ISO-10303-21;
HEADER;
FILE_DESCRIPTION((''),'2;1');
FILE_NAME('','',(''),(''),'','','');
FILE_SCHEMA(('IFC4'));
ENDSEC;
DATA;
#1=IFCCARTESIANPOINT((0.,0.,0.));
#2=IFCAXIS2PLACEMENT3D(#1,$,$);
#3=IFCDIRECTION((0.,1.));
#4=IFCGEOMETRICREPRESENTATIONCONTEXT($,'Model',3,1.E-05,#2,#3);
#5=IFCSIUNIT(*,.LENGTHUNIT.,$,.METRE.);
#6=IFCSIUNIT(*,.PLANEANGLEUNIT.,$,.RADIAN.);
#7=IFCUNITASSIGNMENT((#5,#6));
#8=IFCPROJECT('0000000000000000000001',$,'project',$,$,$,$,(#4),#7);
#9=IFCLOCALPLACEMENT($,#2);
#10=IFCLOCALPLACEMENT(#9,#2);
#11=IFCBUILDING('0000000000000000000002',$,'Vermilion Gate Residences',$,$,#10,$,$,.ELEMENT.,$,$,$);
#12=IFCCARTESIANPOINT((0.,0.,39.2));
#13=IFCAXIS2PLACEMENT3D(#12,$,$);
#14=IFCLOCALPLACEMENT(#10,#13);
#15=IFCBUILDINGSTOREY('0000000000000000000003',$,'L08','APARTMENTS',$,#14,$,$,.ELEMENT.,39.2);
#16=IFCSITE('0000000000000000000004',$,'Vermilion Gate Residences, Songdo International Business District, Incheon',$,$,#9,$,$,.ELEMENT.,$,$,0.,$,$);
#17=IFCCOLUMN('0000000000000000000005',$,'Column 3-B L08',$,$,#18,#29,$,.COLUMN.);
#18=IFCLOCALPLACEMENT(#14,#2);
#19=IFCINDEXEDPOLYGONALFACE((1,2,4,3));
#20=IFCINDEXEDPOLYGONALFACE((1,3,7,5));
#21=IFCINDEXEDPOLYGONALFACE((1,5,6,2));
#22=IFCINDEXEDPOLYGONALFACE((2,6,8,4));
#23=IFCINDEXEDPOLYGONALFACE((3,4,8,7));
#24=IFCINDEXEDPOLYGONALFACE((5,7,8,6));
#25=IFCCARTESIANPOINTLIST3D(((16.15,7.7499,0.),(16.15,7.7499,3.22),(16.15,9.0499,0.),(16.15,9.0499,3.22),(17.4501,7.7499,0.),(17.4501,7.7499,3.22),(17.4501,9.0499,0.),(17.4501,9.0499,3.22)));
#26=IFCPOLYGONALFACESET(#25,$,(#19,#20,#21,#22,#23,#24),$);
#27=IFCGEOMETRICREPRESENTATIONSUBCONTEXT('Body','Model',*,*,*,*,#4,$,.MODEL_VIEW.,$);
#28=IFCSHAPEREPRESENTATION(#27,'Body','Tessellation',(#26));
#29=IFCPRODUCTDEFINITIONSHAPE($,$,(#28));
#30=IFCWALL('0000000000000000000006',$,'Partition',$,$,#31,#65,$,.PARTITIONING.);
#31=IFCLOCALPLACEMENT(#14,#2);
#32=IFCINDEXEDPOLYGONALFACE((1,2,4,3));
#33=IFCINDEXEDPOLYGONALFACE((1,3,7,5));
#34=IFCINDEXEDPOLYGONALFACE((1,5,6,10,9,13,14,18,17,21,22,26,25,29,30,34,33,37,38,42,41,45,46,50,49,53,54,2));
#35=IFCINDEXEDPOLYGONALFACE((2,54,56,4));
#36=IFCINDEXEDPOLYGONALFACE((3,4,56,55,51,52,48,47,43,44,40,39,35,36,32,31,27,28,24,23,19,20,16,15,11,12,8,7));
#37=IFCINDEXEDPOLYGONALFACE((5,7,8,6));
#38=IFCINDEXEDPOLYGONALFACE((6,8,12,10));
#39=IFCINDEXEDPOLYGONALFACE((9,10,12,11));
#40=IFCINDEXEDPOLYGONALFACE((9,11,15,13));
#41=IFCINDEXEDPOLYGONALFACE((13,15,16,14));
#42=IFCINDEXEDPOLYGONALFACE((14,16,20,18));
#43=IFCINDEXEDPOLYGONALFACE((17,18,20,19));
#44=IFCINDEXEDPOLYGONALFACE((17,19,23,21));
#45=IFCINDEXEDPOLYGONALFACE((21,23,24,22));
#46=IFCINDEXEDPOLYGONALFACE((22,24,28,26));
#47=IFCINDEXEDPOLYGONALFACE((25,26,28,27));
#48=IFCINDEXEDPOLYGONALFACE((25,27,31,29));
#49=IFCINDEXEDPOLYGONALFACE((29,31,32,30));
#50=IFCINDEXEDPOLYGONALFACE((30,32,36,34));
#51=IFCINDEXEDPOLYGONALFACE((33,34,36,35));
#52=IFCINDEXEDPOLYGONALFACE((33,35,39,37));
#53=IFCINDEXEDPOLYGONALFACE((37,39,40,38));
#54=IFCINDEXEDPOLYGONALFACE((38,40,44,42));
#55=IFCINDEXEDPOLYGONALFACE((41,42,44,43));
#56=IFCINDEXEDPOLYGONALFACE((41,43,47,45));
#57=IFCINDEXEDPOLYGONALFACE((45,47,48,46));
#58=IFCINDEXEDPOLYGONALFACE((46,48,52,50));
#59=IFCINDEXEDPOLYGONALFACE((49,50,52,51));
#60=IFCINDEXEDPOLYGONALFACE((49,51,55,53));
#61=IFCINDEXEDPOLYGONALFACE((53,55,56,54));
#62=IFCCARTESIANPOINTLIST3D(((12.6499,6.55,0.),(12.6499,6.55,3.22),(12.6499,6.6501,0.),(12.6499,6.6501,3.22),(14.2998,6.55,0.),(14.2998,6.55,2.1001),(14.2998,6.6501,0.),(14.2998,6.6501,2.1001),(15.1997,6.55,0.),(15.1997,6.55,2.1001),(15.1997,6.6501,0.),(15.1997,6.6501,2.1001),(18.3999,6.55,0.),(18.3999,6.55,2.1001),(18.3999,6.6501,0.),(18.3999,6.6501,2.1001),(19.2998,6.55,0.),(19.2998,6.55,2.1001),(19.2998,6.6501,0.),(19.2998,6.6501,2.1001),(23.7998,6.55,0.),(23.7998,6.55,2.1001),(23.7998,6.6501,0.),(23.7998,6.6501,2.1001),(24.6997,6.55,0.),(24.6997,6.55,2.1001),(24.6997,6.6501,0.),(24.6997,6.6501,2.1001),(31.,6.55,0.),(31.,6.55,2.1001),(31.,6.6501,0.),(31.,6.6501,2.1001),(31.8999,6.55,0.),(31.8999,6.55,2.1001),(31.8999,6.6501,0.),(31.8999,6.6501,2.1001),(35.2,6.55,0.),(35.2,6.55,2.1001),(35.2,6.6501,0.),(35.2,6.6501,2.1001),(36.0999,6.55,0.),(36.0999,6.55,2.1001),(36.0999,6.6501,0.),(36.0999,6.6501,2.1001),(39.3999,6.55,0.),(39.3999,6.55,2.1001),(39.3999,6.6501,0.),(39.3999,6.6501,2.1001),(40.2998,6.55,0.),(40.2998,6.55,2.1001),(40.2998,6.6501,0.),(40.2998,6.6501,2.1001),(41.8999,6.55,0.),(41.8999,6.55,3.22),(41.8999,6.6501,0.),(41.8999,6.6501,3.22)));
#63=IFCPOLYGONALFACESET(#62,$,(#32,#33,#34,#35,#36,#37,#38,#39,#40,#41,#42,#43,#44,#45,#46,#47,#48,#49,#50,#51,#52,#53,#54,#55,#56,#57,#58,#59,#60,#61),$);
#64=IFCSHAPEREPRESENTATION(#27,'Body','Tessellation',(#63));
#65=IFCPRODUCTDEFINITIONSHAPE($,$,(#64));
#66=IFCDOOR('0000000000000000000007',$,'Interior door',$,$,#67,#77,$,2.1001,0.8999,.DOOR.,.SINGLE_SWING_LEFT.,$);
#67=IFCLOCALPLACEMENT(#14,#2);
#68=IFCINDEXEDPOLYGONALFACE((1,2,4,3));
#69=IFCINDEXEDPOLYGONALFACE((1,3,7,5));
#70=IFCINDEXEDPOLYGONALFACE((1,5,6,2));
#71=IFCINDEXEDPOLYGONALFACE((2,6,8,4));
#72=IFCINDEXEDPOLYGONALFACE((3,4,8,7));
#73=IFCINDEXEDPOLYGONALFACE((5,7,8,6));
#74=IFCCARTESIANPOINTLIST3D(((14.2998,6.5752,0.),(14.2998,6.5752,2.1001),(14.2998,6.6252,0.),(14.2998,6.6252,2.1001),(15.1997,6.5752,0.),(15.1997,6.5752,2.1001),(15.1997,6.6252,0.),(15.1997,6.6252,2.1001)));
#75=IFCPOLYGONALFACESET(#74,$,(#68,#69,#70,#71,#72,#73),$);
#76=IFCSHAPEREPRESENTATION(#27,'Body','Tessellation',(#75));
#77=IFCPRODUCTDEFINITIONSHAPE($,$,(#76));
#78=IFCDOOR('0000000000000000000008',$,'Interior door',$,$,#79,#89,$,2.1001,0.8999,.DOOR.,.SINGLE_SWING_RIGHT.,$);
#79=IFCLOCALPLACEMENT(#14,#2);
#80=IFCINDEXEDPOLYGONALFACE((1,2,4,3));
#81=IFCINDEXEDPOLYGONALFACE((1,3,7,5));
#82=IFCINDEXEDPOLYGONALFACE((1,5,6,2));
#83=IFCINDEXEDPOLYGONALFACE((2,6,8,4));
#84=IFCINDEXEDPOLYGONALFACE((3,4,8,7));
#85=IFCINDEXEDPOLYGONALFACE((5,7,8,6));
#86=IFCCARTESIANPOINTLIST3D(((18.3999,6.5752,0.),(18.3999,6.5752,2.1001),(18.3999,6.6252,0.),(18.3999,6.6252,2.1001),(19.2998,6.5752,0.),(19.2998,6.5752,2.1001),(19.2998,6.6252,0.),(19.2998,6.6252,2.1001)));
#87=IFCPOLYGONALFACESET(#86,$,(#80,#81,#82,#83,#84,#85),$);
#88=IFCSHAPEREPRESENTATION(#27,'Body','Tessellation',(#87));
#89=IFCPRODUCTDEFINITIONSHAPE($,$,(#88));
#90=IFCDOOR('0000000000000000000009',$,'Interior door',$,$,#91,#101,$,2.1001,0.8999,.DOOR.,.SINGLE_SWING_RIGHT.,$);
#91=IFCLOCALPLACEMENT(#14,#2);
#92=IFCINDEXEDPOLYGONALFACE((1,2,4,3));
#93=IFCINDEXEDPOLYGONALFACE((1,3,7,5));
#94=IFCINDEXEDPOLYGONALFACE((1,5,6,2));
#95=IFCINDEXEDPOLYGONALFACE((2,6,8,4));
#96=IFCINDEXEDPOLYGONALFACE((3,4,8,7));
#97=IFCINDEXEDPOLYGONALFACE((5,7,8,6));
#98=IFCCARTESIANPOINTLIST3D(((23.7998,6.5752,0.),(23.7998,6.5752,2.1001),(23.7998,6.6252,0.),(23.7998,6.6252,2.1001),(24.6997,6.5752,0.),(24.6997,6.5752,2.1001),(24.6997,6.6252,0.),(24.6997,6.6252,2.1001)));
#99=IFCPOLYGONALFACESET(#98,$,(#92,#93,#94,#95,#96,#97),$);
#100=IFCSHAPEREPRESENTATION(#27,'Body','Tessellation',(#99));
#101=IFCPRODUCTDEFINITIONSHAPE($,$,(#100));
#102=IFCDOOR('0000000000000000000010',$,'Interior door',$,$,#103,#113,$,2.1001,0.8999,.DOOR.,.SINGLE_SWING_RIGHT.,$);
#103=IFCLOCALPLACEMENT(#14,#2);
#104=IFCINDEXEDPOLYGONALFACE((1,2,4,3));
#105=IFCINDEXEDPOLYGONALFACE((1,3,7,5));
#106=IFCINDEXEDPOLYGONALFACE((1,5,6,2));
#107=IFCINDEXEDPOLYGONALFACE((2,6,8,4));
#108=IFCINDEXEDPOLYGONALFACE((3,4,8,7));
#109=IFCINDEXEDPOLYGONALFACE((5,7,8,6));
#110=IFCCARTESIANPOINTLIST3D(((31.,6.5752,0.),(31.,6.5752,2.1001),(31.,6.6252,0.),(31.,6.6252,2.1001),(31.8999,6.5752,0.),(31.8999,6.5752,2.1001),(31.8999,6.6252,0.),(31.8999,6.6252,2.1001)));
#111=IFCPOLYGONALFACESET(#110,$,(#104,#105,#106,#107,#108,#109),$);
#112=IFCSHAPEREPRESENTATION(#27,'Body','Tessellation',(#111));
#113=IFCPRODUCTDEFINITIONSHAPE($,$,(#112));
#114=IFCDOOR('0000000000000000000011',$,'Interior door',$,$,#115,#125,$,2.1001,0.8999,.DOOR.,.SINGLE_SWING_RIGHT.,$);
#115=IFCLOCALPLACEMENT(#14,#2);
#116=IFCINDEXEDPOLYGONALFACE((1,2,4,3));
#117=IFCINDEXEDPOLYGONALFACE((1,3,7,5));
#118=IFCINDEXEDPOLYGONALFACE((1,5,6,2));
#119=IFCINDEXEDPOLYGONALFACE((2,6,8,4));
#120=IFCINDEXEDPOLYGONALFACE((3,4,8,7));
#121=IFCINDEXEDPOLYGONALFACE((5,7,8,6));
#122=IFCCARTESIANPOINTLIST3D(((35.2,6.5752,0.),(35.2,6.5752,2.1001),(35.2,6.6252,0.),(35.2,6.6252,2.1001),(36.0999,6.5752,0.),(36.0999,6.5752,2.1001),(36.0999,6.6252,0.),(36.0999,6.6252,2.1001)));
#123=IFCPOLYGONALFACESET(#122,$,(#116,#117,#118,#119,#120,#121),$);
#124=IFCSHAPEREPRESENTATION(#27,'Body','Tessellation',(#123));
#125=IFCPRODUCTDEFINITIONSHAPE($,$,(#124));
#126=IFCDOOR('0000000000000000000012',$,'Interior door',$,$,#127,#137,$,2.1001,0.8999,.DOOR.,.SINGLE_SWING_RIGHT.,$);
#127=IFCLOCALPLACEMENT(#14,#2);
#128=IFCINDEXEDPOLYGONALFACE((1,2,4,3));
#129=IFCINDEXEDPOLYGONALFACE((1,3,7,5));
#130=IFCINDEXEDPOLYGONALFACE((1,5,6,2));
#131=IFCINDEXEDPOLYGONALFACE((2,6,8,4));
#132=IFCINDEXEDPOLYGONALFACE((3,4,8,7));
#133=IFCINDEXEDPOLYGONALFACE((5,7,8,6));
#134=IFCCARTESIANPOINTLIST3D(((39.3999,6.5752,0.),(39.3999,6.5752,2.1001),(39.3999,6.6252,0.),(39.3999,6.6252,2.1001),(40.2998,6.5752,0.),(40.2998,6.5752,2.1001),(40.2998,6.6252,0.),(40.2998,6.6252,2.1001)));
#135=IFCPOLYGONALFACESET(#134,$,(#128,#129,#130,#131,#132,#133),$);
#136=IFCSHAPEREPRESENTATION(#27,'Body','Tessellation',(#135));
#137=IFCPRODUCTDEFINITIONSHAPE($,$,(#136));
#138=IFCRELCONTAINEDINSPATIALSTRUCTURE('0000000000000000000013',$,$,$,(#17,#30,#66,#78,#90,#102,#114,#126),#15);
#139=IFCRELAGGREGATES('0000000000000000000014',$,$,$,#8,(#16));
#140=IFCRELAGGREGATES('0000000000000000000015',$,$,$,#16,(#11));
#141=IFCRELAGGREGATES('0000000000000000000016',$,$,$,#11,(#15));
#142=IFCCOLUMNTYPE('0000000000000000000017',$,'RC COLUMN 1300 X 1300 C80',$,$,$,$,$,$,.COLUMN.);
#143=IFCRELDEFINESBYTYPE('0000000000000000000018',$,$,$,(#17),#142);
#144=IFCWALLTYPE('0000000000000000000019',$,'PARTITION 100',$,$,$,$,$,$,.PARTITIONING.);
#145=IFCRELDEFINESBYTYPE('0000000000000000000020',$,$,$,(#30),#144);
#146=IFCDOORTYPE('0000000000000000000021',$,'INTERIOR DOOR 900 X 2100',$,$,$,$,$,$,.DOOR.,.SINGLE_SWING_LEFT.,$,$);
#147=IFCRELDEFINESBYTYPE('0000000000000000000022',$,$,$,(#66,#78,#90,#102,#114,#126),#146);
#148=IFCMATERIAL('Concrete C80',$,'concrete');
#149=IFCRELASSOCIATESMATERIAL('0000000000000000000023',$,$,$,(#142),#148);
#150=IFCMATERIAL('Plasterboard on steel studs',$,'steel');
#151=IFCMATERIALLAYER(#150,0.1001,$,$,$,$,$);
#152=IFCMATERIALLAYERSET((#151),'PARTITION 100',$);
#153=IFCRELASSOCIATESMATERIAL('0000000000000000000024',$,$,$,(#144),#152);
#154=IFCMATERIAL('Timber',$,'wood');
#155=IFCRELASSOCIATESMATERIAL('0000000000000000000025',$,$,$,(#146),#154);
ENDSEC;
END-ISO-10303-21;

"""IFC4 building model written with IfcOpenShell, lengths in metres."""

from ifc_helpers import new_model, si_unit, direction, frame, frame_2d, origin, origin_2d, place, context, subcontext, project, spatial, rectangle, extrude, material, layer, layer_set, material_profile, profile_set, type_object, element, fill, save


model = new_model("IFC4")

# Units and contexts
model_context = context("Model", 3, precision=1e-05, world=origin(), true_north=direction((0.0, 1.0)))
body_context = subcontext(model_context, "Body", "Model", "MODEL_VIEW")
ifc_project = project(units=[si_unit("LENGTHUNIT", "METRE"), si_unit("PLANEANGLEUNIT", "RADIAN")], contexts=[model_context])

# Site, building, storey
site_placement = place(None, origin())
site = spatial("IfcSite", under=ifc_project, at=site_placement, Name="Vermilion Gate Residences, Songdo International Business District, Incheon", CompositionType="ELEMENT", RefElevation=0.0)
building_placement = place(site_placement, origin())
building = spatial("IfcBuilding", under=site, at=building_placement, Name="Vermilion Gate Residences", CompositionType="ELEMENT")
storey_placement = place(building_placement, frame((0.0, 0.0, 39.2)))
storey = spatial("IfcBuildingStorey", under=building, at=storey_placement, Name="L08", Description="APARTMENTS", CompositionType="ELEMENT", Elevation=39.2)

# Column
ifc_material_1 = material(Name="Concrete C80", Category="concrete")
ifc_material_profile = material_profile(ifc_material_1, rectangle(XDim=1.3, YDim=1.3, at=origin_2d()), Name="RC-1300x1300")
ifc_profile_set = profile_set([ifc_material_profile], Name="Concrete C80")
column_type = type_object("IfcColumnType", Name="RC COLUMN 1300 X 1300 C80", PredefinedType="COLUMN", material=ifc_profile_set)
column_placement = place(storey_placement, frame((16.8, 8.3999, 0.0), z_axis=(0.0, 0.0, 1.0), x_axis=(1.0, 0.0, 0.0)))
element("IfcColumn", 1, at=column_placement, inside=storey, type_object=column_type, Name="Column 3-B L08", PredefinedType="COLUMN", context=body_context, shape_type="SweptSolid", body=[
    extrude(rectangle(XDim=1.3, YDim=1.3, at=origin_2d()), origin(), (0.0, 0.0, 1.0), 3.22),
])

# Wall, openings, doors
ifc_material_2 = material(Name="Plasterboard on steel studs", Category="steel")
ifc_layer = layer(ifc_material_2, 0.1001)
ifc_layer_set = layer_set([ifc_layer], Name="PARTITION 100")
wall_type = type_object("IfcWallType", Name="PARTITION 100", PredefinedType="PARTITIONING", material=ifc_layer_set)
wall_1_placement = place(storey_placement, frame((12.6499, 6.6001, 0.0), z_axis=(0.0, 0.0, 1.0), x_axis=(1.0, 0.0, 0.0)))
wall_1 = element("IfcWall", 2, at=wall_1_placement, inside=storey, type_object=wall_type, Name="Partition", PredefinedType="PARTITIONING", context=body_context, shape_type="SweptSolid", body=[
    extrude(rectangle(XDim=29.25, YDim=0.1001, at=frame_2d((14.625, 0.0))), origin(), (0.0, 0.0, 1.0), 3.22),
])
opening_1_placement = place(wall_1_placement, frame((1.6499, 0.0, 0.0)))
opening_1 = element("IfcOpeningElement", 3, at=opening_1_placement, cuts=wall_1, PredefinedType="OPENING", context=body_context, shape_type="SweptSolid", body=[
    extrude(rectangle(XDim=0.8999, YDim=2.1001, at=frame_2d((0.45, 1.05))), frame((0.0, 0.0601, 0.0), z_axis=(0.0, -1.0, 0.0), x_axis=(1.0, 0.0, 0.0)), (0.0, 0.0, 1.0), 0.1201),
])
opening_2_placement = place(wall_1_placement, frame((5.75, 0.0, 0.0)))
opening_2 = element("IfcOpeningElement", 4, at=opening_2_placement, cuts=wall_1, PredefinedType="OPENING", context=body_context, shape_type="SweptSolid", body=[
    extrude(rectangle(XDim=0.8999, YDim=2.1001, at=frame_2d((0.45, 1.05))), frame((0.0, 0.0601, 0.0), z_axis=(0.0, -1.0, 0.0), x_axis=(1.0, 0.0, 0.0)), (0.0, 0.0, 1.0), 0.1201),
])
opening_3_placement = place(wall_1_placement, frame((11.1499, 0.0, 0.0)))
opening_3 = element("IfcOpeningElement", 5, at=opening_3_placement, cuts=wall_1, PredefinedType="OPENING", context=body_context, shape_type="SweptSolid", body=[
    extrude(rectangle(XDim=0.8999, YDim=2.1001, at=frame_2d((0.45, 1.05))), frame((0.0, 0.0601, 0.0), z_axis=(0.0, -1.0, 0.0), x_axis=(1.0, 0.0, 0.0)), (0.0, 0.0, 1.0), 0.1201),
])
opening_4_placement = place(wall_1_placement, frame((18.3501, 0.0, 0.0)))
opening_4 = element("IfcOpeningElement", 6, at=opening_4_placement, cuts=wall_1, PredefinedType="OPENING", context=body_context, shape_type="SweptSolid", body=[
    extrude(rectangle(XDim=0.8999, YDim=2.1001, at=frame_2d((0.45, 1.05))), frame((0.0, 0.0601, 0.0), z_axis=(0.0, -1.0, 0.0), x_axis=(1.0, 0.0, 0.0)), (0.0, 0.0, 1.0), 0.1201),
])
opening_5_placement = place(wall_1_placement, frame((22.55, 0.0, 0.0)))
opening_5 = element("IfcOpeningElement", 7, at=opening_5_placement, cuts=wall_1, PredefinedType="OPENING", context=body_context, shape_type="SweptSolid", body=[
    extrude(rectangle(XDim=0.8999, YDim=2.1001, at=frame_2d((0.45, 1.05))), frame((0.0, 0.0601, 0.0), z_axis=(0.0, -1.0, 0.0), x_axis=(1.0, 0.0, 0.0)), (0.0, 0.0, 1.0), 0.1201),
])
opening_6_placement = place(wall_1_placement, frame((26.75, 0.0, 0.0)))
opening_6 = element("IfcOpeningElement", 8, at=opening_6_placement, cuts=wall_1, PredefinedType="OPENING", context=body_context, shape_type="SweptSolid", body=[
    extrude(rectangle(XDim=0.8999, YDim=2.1001, at=frame_2d((0.45, 1.05))), frame((0.0, 0.0601, 0.0), z_axis=(0.0, -1.0, 0.0), x_axis=(1.0, 0.0, 0.0)), (0.0, 0.0, 1.0), 0.1201),
])
ifc_material_3 = material(Name="Timber", Category="wood")
door_type = type_object("IfcDoorType", Name="INTERIOR DOOR 900 X 2100", OperationType="SINGLE_SWING_LEFT", PredefinedType="DOOR", material=ifc_material_3)
door_1_placement = place(opening_1_placement, frame((0.8999, 0.0, 0.0), z_axis=(0.0, 0.0, 1.0), x_axis=(-1.0, 0.0, 0.0)))
door_1 = element("IfcDoor", 9, at=door_1_placement, inside=storey, type_object=door_type, Name="Interior door", OperationType="SINGLE_SWING_LEFT", OverallHeight=2.1001, OverallWidth=0.8999, PredefinedType="DOOR", context=body_context, shape_type="SweptSolid", body=[
    extrude(rectangle(XDim=0.8999, YDim=2.1001, at=frame_2d((0.45, 1.05))), frame((0.0, 0.0249, 0.0), z_axis=(0.0, -1.0, 0.0), x_axis=(1.0, 0.0, 0.0)), (0.0, 0.0, 1.0), 0.05),
])
fill(opening_1, door_1)
door_2_placement = place(opening_2_placement, frame((0.8999, 0.0, 0.0), z_axis=(0.0, 0.0, 1.0), x_axis=(-1.0, 0.0, 0.0)))
door_2 = element("IfcDoor", 10, at=door_2_placement, inside=storey, type_object=door_type, Name="Interior door", OperationType="SINGLE_SWING_RIGHT", OverallHeight=2.1001, OverallWidth=0.8999, PredefinedType="DOOR", context=body_context, shape_type="SweptSolid", body=[
    extrude(rectangle(XDim=0.8999, YDim=2.1001, at=frame_2d((0.45, 1.05))), frame((0.0, 0.0249, 0.0), z_axis=(0.0, -1.0, 0.0), x_axis=(1.0, 0.0, 0.0)), (0.0, 0.0, 1.0), 0.05),
])
fill(opening_2, door_2)
door_3_placement = place(opening_3_placement, frame((0.8999, 0.0, 0.0), z_axis=(0.0, 0.0, 1.0), x_axis=(-1.0, 0.0, 0.0)))
door_3 = element("IfcDoor", 11, at=door_3_placement, inside=storey, type_object=door_type, Name="Interior door", OperationType="SINGLE_SWING_RIGHT", OverallHeight=2.1001, OverallWidth=0.8999, PredefinedType="DOOR", context=body_context, shape_type="SweptSolid", body=[
    extrude(rectangle(XDim=0.8999, YDim=2.1001, at=frame_2d((0.45, 1.05))), frame((0.0, 0.0249, 0.0), z_axis=(0.0, -1.0, 0.0), x_axis=(1.0, 0.0, 0.0)), (0.0, 0.0, 1.0), 0.05),
])
fill(opening_3, door_3)
door_4_placement = place(opening_4_placement, frame((0.8999, 0.0, 0.0), z_axis=(0.0, 0.0, 1.0), x_axis=(-1.0, 0.0, 0.0)))
door_4 = element("IfcDoor", 12, at=door_4_placement, inside=storey, type_object=door_type, Name="Interior door", OperationType="SINGLE_SWING_RIGHT", OverallHeight=2.1001, OverallWidth=0.8999, PredefinedType="DOOR", context=body_context, shape_type="SweptSolid", body=[
    extrude(rectangle(XDim=0.8999, YDim=2.1001, at=frame_2d((0.45, 1.05))), frame((0.0, 0.0249, 0.0), z_axis=(0.0, -1.0, 0.0), x_axis=(1.0, 0.0, 0.0)), (0.0, 0.0, 1.0), 0.05),
])
fill(opening_4, door_4)
door_5_placement = place(opening_5_placement, frame((0.8999, 0.0, 0.0), z_axis=(0.0, 0.0, 1.0), x_axis=(-1.0, 0.0, 0.0)))
door_5 = element("IfcDoor", 13, at=door_5_placement, inside=storey, type_object=door_type, Name="Interior door", OperationType="SINGLE_SWING_RIGHT", OverallHeight=2.1001, OverallWidth=0.8999, PredefinedType="DOOR", context=body_context, shape_type="SweptSolid", body=[
    extrude(rectangle(XDim=0.8999, YDim=2.1001, at=frame_2d((0.45, 1.05))), frame((0.0, 0.0249, 0.0), z_axis=(0.0, -1.0, 0.0), x_axis=(1.0, 0.0, 0.0)), (0.0, 0.0, 1.0), 0.05),
])
fill(opening_5, door_5)
door_6_placement = place(opening_6_placement, frame((0.8999, 0.0, 0.0), z_axis=(0.0, 0.0, 1.0), x_axis=(-1.0, 0.0, 0.0)))
door_6 = element("IfcDoor", 14, at=door_6_placement, inside=storey, type_object=door_type, Name="Interior door", OperationType="SINGLE_SWING_RIGHT", OverallHeight=2.1001, OverallWidth=0.8999, PredefinedType="DOOR", context=body_context, shape_type="SweptSolid", body=[
    extrude(rectangle(XDim=0.8999, YDim=2.1001, at=frame_2d((0.45, 1.05))), frame((0.0, 0.0249, 0.0), z_axis=(0.0, -1.0, 0.0), x_axis=(1.0, 0.0, 0.0)), (0.0, 0.0, 1.0), 0.05),
])
fill(opening_6, door_6)

save(model, "model.ifc")
